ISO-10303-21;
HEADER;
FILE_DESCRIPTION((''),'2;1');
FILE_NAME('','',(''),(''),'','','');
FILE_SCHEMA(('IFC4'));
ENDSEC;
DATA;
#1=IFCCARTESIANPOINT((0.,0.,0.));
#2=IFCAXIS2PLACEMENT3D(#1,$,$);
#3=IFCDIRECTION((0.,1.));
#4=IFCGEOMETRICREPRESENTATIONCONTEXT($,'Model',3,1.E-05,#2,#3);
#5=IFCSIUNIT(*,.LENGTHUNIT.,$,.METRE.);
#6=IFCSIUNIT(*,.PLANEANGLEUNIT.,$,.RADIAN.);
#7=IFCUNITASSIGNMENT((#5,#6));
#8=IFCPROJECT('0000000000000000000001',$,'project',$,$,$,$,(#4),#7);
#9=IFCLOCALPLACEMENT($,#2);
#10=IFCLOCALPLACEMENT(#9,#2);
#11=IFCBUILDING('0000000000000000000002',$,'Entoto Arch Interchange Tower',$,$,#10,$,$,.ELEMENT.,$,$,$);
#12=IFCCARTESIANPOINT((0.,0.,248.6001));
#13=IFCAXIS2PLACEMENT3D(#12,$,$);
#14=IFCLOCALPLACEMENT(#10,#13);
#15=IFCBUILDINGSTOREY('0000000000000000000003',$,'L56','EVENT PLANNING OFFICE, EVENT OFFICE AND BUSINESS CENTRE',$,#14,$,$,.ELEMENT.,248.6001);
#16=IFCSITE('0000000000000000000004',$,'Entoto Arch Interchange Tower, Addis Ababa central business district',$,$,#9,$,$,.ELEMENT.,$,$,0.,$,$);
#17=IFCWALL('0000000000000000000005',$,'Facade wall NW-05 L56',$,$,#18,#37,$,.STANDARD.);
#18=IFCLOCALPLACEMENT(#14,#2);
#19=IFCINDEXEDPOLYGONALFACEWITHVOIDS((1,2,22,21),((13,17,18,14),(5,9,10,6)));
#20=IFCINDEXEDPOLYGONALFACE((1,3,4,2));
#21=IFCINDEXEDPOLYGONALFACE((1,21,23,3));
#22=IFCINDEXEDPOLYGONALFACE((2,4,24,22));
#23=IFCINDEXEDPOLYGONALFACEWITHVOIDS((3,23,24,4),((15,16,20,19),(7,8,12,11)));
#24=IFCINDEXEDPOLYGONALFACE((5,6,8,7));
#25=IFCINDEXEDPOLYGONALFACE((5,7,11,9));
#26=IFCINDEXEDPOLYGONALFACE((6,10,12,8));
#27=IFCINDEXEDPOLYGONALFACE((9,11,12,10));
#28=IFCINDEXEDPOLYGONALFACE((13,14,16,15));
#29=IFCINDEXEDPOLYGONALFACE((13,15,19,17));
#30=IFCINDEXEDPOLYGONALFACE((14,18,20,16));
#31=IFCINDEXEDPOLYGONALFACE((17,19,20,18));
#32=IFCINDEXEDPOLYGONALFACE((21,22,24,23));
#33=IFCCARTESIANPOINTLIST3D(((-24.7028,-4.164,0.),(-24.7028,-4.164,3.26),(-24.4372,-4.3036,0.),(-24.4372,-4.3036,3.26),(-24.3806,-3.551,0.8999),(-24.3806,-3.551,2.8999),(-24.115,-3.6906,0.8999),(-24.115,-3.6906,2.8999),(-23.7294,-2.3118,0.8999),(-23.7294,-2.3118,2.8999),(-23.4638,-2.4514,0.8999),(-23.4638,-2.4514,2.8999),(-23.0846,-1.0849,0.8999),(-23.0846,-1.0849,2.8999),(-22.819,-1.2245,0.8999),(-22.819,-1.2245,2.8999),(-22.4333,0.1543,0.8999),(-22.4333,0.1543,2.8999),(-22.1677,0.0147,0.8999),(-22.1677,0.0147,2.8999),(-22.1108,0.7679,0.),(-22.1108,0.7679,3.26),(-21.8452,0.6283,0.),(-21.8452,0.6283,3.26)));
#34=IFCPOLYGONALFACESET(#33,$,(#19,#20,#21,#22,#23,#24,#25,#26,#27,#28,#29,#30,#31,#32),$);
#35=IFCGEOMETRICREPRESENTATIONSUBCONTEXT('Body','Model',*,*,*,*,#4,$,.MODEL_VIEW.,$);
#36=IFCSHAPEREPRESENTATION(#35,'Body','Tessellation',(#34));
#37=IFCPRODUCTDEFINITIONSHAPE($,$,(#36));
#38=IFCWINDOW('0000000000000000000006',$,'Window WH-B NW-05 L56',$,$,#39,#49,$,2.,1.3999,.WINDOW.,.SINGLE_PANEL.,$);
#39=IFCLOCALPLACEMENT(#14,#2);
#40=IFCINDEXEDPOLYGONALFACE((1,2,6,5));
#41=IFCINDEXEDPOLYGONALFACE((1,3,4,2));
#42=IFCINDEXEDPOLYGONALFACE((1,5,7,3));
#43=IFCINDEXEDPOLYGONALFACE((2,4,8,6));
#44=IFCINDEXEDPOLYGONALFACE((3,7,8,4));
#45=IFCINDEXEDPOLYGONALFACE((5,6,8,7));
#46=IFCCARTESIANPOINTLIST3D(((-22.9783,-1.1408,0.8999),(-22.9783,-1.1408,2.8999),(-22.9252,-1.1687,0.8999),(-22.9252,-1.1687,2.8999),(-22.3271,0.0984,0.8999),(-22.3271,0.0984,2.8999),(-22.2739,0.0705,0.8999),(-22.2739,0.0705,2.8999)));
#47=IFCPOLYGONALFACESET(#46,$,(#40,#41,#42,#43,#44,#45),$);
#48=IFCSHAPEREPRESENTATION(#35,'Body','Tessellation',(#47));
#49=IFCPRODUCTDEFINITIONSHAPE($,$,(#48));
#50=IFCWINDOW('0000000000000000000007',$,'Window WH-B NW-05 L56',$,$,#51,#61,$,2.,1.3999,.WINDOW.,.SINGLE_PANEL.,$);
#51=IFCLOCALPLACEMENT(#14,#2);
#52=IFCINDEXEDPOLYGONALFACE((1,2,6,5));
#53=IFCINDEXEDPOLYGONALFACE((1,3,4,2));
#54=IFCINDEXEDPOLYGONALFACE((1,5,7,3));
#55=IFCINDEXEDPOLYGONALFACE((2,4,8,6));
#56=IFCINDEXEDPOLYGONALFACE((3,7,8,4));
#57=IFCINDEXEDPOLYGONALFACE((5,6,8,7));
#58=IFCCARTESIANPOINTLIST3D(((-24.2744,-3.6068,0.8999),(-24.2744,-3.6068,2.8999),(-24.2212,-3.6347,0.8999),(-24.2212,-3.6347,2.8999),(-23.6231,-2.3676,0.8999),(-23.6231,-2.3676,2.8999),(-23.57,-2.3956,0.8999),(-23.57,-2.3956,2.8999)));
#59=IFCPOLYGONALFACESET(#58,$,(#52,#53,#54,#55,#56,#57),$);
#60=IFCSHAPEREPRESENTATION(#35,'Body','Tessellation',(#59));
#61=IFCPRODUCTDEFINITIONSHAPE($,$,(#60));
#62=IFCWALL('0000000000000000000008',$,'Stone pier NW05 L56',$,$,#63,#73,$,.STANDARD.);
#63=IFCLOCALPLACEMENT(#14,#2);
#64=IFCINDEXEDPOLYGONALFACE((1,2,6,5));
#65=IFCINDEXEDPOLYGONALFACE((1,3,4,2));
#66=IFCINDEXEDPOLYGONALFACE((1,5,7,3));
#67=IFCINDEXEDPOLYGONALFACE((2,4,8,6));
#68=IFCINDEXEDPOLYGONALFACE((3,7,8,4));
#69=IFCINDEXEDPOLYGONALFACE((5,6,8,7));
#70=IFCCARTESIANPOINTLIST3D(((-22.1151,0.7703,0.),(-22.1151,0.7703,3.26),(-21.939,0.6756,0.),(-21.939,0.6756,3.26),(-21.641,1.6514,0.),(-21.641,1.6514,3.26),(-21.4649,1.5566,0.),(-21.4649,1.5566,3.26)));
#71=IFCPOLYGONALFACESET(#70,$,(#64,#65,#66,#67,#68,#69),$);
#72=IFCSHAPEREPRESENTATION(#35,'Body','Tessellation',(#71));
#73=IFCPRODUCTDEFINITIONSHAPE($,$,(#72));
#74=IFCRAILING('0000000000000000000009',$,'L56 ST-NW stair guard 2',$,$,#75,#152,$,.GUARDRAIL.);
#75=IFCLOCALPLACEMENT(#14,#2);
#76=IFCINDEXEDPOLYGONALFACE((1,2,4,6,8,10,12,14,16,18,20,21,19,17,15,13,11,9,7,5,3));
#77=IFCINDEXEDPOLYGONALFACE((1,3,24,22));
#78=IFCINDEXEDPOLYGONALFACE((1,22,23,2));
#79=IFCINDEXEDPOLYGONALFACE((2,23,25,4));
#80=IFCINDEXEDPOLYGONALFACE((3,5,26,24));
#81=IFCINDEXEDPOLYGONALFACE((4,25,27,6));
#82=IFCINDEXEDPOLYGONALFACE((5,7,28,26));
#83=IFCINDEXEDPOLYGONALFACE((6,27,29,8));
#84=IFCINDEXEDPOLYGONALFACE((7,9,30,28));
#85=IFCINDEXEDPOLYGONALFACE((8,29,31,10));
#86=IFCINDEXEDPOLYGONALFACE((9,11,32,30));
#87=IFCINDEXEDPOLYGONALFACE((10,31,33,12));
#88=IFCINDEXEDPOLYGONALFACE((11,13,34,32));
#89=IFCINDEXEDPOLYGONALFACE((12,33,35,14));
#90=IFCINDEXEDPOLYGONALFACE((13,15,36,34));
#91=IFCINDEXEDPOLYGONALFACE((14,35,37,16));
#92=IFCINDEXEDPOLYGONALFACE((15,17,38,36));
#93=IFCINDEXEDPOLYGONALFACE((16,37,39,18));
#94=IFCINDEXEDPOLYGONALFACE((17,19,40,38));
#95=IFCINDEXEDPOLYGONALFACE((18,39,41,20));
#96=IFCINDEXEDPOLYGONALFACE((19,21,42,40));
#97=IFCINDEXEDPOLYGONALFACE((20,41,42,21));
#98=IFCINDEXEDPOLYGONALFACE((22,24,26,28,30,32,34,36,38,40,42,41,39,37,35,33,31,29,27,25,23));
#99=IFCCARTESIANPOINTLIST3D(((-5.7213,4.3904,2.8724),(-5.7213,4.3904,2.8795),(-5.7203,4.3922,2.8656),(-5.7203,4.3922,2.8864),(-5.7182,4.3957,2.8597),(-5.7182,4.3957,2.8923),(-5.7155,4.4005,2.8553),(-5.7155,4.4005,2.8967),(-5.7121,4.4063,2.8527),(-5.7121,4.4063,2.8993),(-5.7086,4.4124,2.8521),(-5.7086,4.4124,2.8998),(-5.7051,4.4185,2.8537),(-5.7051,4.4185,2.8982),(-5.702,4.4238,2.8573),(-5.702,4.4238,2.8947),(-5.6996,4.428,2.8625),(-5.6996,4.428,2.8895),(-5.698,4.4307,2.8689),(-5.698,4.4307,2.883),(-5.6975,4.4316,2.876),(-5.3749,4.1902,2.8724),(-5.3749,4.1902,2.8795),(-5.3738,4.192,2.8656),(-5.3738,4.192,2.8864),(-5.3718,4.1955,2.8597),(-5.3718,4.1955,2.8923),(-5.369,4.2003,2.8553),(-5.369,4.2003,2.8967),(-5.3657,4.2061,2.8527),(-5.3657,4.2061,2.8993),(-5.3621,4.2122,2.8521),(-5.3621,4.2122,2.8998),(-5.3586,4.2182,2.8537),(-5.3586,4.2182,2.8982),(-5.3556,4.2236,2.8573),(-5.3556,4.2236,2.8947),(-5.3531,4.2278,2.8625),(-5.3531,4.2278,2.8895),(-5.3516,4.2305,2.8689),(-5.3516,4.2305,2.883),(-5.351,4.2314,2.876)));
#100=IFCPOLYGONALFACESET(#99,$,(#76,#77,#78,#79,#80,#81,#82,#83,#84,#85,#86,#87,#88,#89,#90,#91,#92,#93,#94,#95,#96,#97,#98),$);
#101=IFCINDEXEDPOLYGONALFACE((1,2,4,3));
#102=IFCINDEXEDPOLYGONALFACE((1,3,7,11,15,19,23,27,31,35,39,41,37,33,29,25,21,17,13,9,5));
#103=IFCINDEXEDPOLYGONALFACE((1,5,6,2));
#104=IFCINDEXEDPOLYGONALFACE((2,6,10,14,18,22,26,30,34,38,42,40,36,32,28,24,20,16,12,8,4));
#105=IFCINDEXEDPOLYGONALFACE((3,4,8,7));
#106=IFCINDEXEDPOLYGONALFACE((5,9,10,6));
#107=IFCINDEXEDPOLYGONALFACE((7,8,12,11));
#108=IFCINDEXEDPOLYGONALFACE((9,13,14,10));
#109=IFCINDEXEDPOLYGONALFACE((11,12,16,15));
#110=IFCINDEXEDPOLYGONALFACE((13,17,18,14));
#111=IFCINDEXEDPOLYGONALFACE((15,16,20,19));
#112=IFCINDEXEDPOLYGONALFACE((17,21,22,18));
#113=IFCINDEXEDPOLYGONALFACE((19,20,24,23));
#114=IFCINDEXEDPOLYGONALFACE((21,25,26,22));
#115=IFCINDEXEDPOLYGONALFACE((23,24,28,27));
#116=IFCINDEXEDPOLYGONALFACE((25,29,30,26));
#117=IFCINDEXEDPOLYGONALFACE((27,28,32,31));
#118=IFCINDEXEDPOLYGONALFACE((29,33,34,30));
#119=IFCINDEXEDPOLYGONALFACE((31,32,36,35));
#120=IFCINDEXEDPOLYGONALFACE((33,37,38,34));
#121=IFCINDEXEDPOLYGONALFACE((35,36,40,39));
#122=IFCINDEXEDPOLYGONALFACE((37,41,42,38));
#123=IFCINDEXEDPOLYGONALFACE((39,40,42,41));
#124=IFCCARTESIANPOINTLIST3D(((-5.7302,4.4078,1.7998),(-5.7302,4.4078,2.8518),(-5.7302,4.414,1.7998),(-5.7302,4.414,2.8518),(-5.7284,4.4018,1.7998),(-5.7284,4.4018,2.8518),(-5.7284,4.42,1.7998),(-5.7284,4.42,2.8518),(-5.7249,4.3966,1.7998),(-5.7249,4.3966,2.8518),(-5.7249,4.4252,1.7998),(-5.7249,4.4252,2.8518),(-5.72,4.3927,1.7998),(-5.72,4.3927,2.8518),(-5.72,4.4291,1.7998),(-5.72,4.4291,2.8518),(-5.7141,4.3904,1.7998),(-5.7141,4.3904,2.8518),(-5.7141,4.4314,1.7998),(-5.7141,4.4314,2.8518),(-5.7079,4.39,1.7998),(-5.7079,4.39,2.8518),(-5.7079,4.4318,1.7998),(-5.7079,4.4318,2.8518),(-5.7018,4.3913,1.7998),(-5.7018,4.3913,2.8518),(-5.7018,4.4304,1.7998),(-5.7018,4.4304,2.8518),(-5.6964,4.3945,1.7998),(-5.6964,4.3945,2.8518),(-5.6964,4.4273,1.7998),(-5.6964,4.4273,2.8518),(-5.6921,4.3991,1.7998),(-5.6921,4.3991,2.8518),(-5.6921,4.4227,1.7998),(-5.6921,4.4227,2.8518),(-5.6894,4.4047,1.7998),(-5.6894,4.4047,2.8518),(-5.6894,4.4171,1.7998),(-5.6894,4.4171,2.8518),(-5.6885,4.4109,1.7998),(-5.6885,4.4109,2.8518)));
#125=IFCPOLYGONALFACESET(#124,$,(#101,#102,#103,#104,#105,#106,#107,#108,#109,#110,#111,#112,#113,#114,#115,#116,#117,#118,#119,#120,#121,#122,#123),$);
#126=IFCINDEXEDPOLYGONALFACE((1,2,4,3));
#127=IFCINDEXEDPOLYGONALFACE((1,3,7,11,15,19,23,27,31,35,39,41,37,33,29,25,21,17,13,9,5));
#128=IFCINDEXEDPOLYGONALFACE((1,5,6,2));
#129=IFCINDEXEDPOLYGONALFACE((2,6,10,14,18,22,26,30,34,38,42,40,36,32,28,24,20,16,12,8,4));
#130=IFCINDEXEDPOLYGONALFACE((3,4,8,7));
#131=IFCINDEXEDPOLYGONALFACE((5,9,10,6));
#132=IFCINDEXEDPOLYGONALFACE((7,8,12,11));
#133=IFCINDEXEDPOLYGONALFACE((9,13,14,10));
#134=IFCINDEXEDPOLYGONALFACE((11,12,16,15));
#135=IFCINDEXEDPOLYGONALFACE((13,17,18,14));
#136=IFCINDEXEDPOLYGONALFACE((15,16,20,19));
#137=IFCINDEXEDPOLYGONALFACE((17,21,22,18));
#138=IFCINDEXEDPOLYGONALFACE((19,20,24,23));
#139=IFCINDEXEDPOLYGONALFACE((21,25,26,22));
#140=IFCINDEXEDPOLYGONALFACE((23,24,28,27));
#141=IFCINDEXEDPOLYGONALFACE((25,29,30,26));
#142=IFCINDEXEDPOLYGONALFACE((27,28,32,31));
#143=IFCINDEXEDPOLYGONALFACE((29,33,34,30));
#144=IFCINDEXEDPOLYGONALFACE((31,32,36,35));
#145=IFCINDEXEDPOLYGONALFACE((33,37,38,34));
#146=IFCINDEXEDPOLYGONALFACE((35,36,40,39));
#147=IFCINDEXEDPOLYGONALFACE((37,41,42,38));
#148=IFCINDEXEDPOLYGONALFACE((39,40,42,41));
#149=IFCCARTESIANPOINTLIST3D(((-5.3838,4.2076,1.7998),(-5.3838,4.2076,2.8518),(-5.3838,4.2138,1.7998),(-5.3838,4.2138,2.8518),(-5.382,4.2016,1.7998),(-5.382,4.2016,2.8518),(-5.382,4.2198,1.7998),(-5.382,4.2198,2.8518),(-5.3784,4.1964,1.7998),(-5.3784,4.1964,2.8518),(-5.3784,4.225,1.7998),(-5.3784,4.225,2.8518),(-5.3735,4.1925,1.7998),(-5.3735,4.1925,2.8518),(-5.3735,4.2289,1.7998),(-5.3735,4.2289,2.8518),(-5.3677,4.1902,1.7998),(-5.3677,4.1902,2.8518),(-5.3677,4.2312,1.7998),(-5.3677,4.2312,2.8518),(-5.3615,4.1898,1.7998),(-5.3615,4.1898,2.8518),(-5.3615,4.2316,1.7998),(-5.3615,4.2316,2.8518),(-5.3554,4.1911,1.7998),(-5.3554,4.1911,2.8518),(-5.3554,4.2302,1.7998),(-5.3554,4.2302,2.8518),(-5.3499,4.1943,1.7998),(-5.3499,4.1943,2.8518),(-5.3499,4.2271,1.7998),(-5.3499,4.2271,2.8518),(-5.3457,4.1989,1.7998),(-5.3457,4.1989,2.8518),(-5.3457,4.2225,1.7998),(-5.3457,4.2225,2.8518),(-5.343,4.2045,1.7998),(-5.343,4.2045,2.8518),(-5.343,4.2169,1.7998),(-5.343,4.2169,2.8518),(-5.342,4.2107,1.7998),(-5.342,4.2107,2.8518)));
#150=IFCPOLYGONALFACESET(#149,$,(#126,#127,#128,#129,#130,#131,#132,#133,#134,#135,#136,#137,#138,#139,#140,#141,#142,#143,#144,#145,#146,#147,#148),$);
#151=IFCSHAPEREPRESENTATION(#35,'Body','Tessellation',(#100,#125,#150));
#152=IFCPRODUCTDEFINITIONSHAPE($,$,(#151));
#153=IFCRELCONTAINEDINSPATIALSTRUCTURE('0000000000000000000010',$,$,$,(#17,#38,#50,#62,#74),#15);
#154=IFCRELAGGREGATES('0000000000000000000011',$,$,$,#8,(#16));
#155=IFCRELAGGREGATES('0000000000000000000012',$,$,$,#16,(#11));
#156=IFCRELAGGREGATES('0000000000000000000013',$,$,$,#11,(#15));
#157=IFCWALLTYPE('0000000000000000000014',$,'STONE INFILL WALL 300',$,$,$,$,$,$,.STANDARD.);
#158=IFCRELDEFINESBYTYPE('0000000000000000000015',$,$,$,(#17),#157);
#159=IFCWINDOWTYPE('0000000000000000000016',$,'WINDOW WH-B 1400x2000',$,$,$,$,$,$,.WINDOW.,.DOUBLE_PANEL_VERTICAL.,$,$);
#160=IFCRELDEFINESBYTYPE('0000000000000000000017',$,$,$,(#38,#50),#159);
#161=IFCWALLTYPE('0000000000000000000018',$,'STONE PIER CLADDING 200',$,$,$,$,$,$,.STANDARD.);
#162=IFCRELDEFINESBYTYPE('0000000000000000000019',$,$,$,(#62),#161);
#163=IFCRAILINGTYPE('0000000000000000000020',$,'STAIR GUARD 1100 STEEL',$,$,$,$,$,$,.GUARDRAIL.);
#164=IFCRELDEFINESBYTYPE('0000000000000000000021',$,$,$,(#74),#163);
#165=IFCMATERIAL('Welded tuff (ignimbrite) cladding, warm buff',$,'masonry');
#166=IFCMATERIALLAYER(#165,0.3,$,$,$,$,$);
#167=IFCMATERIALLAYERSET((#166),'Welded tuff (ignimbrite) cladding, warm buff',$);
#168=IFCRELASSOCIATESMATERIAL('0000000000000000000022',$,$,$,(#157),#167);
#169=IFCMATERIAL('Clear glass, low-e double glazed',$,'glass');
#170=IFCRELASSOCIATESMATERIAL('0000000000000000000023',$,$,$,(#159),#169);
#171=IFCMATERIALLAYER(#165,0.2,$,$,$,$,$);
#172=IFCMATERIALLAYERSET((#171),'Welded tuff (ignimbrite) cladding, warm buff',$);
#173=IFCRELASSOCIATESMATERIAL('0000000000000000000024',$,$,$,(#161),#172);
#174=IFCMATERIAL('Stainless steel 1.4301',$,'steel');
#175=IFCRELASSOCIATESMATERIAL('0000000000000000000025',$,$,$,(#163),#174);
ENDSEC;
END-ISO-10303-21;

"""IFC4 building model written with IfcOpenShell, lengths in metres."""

from ifc_helpers import new_model, si_unit, direction, frame, frame_2d, origin, origin_2d, place, context, subcontext, project, spatial, rectangle, circle, extrude, material, layer, layer_set, type_object, element, fill, save


model = new_model("IFC4")

# Units and contexts
model_context = context("Model", 3, precision=1e-05, world=origin(), true_north=direction((0.0, 1.0)))
body_context = subcontext(model_context, "Body", "Model", "MODEL_VIEW")
ifc_project = project(units=[si_unit("LENGTHUNIT", "METRE"), si_unit("PLANEANGLEUNIT", "RADIAN")], contexts=[model_context])

# Site, building, storey
site_placement = place(None, origin())
site = spatial("IfcSite", under=ifc_project, at=site_placement, Name="Entoto Arch Interchange Tower, Addis Ababa central business district", CompositionType="ELEMENT", RefElevation=0.0)
building_placement = place(site_placement, origin())
building = spatial("IfcBuilding", under=site, at=building_placement, Name="Entoto Arch Interchange Tower", CompositionType="ELEMENT")
storey_placement = place(building_placement, frame((0.0, 0.0, 248.6001)))
storey = spatial("IfcBuildingStorey", under=building, at=storey_placement, Name="L56", Description="EVENT PLANNING OFFICE, EVENT OFFICE AND BUSINESS CENTRE", CompositionType="ELEMENT", Elevation=248.6001)

# Wall, openings, windows
ifc_material_1 = material(Name="Welded tuff (ignimbrite) cladding, warm buff", Category="masonry")
ifc_layer_1 = layer(ifc_material_1, 0.3)
ifc_layer_set_1 = layer_set([ifc_layer_1], Name="Welded tuff (ignimbrite) cladding, warm buff")
wall_type_1 = type_object("IfcWallType", Name="STONE INFILL WALL 300", PredefinedType="STANDARD", material=ifc_layer_set_1)
ifc_material_2 = material(Name="Clear glass, low-e double glazed", Category="glass")
window_type = type_object("IfcWindowType", Name="WINDOW WH-B 1400x2000", PartitioningType="DOUBLE_PANEL_VERTICAL", PredefinedType="WINDOW", material=ifc_material_2)
wall_1_placement = place(storey_placement, frame((-21.978, 0.698, 0.0), z_axis=(0.0, 0.0, 1.0), x_axis=(-0.465228, -0.885191, 0.0)))
wall_1 = element("IfcWall", 1, at=wall_1_placement, inside=storey, type_object=wall_type_1, Name="Facade wall NW-05 L56", PredefinedType="STANDARD", context=body_context, shape_type="SweptSolid", body=[
    extrude(rectangle(XDim=5.5715, YDim=0.3, at=frame_2d((2.7856, 0.0))), origin(), (0.0, 0.0, 1.0), 3.26),
])
opening_1_placement = place(wall_1_placement, frame((0.6931, 0.0, 0.8999)))
opening_1 = element("IfcOpeningElement", 2, at=opening_1_placement, cuts=wall_1, PredefinedType="OPENING", context=body_context, shape_type="SweptSolid", body=[
    extrude(rectangle(XDim=1.3999, YDim=2.0, at=frame_2d((0.7, 1.0))), frame((0.0, 0.1602, 0.0), z_axis=(0.0, -1.0, 0.0), x_axis=(1.0, 0.0, 0.0)), (0.0, 0.0, 1.0), 0.3201),
])
opening_2_placement = place(wall_1_placement, frame((3.479, 0.0, 0.8999)))
opening_2 = element("IfcOpeningElement", 3, at=opening_2_placement, cuts=wall_1, PredefinedType="OPENING", context=body_context, shape_type="SweptSolid", body=[
    extrude(rectangle(XDim=1.3999, YDim=2.0, at=frame_2d((0.7, 1.0))), frame((0.0, 0.1602, 0.0), z_axis=(0.0, -1.0, 0.0), x_axis=(1.0, 0.0, 0.0)), (0.0, 0.0, 1.0), 0.3201),
])
window_1_placement = place(opening_1_placement, origin())
window_1 = element("IfcWindow", 4, at=window_1_placement, inside=storey, type_object=window_type, Name="Window WH-B NW-05 L56", OverallHeight=2.0, OverallWidth=1.3999, PartitioningType="SINGLE_PANEL", PredefinedType="WINDOW", context=body_context, shape_type="SweptSolid", body=[
    extrude(rectangle(XDim=1.3999, YDim=2.0, at=frame_2d((0.7, 1.0))), frame((0.0, 0.03, 0.0), z_axis=(0.0, -1.0, 0.0), x_axis=(1.0, 0.0, 0.0)), (0.0, 0.0, 1.0), 0.0601),
])
fill(opening_1, window_1)
window_2_placement = place(opening_2_placement, origin())
window_2 = element("IfcWindow", 5, at=window_2_placement, inside=storey, type_object=window_type, Name="Window WH-B NW-05 L56", OverallHeight=2.0, OverallWidth=1.3999, PartitioningType="SINGLE_PANEL", PredefinedType="WINDOW", context=body_context, shape_type="SweptSolid", body=[
    extrude(rectangle(XDim=1.3999, YDim=2.0, at=frame_2d((0.7, 1.0))), frame((0.0, 0.03, 0.0), z_axis=(0.0, -1.0, 0.0), x_axis=(1.0, 0.0, 0.0)), (0.0, 0.0, 1.0), 0.0601),
])
fill(opening_2, window_2)

# Wall
ifc_layer_2 = layer(ifc_material_1, 0.2)
ifc_layer_set_2 = layer_set([ifc_layer_2], Name="Welded tuff (ignimbrite) cladding, warm buff")
wall_type_2 = type_object("IfcWallType", Name="STONE PIER CLADDING 200", PredefinedType="STANDARD", material=ifc_layer_set_2)
wall_2_placement = place(storey_placement, frame((-21.553, 1.604, 0.0), z_axis=(0.0, 0.0, 1.0), x_axis=(-0.473852, -0.880604, 0.0)))
element("IfcWall", 6, at=wall_2_placement, inside=storey, type_object=wall_type_2, Name="Stone pier NW05 L56", PredefinedType="STANDARD", context=body_context, shape_type="SweptSolid", body=[
    extrude(rectangle(XDim=1.0005, YDim=0.2, at=frame_2d((0.5002, 0.0))), origin(), (0.0, 0.0, 1.0), 3.26),
])

# Railing
ifc_material_3 = material(Name="Stainless steel 1.4301", Category="steel")
railing_type = type_object("IfcRailingType", Name="STAIR GUARD 1100 STEEL", PredefinedType="GUARDRAIL", material=ifc_material_3)
railing_placement = place(storey_placement, frame((-5.7095, 4.4109, 1.7998)))
element("IfcRailing", 7, at=railing_placement, inside=storey, type_object=railing_type, Name="L56 ST-NW stair guard 2", PredefinedType="GUARDRAIL", context=body_context, shape_type="SweptSolid", body=[
    extrude(circle(Radius=0.0239, at=origin_2d()), frame((0.0, 0.0, 1.0762), z_axis=(0.86583, -0.500339, 0.0), x_axis=(0.500339, 0.86583, 0.0)), (0.0, 0.0, 1.0), 0.4001),
    extrude(circle(Radius=0.021, at=origin_2d()), origin(), (0.0, 0.0, 1.0), 1.052),
    extrude(circle(Radius=0.021, at=origin_2d()), frame((0.3464, -0.2002, 0.0)), (0.0, 0.0, 1.0), 1.052),
])

save(model, "model.ifc")
